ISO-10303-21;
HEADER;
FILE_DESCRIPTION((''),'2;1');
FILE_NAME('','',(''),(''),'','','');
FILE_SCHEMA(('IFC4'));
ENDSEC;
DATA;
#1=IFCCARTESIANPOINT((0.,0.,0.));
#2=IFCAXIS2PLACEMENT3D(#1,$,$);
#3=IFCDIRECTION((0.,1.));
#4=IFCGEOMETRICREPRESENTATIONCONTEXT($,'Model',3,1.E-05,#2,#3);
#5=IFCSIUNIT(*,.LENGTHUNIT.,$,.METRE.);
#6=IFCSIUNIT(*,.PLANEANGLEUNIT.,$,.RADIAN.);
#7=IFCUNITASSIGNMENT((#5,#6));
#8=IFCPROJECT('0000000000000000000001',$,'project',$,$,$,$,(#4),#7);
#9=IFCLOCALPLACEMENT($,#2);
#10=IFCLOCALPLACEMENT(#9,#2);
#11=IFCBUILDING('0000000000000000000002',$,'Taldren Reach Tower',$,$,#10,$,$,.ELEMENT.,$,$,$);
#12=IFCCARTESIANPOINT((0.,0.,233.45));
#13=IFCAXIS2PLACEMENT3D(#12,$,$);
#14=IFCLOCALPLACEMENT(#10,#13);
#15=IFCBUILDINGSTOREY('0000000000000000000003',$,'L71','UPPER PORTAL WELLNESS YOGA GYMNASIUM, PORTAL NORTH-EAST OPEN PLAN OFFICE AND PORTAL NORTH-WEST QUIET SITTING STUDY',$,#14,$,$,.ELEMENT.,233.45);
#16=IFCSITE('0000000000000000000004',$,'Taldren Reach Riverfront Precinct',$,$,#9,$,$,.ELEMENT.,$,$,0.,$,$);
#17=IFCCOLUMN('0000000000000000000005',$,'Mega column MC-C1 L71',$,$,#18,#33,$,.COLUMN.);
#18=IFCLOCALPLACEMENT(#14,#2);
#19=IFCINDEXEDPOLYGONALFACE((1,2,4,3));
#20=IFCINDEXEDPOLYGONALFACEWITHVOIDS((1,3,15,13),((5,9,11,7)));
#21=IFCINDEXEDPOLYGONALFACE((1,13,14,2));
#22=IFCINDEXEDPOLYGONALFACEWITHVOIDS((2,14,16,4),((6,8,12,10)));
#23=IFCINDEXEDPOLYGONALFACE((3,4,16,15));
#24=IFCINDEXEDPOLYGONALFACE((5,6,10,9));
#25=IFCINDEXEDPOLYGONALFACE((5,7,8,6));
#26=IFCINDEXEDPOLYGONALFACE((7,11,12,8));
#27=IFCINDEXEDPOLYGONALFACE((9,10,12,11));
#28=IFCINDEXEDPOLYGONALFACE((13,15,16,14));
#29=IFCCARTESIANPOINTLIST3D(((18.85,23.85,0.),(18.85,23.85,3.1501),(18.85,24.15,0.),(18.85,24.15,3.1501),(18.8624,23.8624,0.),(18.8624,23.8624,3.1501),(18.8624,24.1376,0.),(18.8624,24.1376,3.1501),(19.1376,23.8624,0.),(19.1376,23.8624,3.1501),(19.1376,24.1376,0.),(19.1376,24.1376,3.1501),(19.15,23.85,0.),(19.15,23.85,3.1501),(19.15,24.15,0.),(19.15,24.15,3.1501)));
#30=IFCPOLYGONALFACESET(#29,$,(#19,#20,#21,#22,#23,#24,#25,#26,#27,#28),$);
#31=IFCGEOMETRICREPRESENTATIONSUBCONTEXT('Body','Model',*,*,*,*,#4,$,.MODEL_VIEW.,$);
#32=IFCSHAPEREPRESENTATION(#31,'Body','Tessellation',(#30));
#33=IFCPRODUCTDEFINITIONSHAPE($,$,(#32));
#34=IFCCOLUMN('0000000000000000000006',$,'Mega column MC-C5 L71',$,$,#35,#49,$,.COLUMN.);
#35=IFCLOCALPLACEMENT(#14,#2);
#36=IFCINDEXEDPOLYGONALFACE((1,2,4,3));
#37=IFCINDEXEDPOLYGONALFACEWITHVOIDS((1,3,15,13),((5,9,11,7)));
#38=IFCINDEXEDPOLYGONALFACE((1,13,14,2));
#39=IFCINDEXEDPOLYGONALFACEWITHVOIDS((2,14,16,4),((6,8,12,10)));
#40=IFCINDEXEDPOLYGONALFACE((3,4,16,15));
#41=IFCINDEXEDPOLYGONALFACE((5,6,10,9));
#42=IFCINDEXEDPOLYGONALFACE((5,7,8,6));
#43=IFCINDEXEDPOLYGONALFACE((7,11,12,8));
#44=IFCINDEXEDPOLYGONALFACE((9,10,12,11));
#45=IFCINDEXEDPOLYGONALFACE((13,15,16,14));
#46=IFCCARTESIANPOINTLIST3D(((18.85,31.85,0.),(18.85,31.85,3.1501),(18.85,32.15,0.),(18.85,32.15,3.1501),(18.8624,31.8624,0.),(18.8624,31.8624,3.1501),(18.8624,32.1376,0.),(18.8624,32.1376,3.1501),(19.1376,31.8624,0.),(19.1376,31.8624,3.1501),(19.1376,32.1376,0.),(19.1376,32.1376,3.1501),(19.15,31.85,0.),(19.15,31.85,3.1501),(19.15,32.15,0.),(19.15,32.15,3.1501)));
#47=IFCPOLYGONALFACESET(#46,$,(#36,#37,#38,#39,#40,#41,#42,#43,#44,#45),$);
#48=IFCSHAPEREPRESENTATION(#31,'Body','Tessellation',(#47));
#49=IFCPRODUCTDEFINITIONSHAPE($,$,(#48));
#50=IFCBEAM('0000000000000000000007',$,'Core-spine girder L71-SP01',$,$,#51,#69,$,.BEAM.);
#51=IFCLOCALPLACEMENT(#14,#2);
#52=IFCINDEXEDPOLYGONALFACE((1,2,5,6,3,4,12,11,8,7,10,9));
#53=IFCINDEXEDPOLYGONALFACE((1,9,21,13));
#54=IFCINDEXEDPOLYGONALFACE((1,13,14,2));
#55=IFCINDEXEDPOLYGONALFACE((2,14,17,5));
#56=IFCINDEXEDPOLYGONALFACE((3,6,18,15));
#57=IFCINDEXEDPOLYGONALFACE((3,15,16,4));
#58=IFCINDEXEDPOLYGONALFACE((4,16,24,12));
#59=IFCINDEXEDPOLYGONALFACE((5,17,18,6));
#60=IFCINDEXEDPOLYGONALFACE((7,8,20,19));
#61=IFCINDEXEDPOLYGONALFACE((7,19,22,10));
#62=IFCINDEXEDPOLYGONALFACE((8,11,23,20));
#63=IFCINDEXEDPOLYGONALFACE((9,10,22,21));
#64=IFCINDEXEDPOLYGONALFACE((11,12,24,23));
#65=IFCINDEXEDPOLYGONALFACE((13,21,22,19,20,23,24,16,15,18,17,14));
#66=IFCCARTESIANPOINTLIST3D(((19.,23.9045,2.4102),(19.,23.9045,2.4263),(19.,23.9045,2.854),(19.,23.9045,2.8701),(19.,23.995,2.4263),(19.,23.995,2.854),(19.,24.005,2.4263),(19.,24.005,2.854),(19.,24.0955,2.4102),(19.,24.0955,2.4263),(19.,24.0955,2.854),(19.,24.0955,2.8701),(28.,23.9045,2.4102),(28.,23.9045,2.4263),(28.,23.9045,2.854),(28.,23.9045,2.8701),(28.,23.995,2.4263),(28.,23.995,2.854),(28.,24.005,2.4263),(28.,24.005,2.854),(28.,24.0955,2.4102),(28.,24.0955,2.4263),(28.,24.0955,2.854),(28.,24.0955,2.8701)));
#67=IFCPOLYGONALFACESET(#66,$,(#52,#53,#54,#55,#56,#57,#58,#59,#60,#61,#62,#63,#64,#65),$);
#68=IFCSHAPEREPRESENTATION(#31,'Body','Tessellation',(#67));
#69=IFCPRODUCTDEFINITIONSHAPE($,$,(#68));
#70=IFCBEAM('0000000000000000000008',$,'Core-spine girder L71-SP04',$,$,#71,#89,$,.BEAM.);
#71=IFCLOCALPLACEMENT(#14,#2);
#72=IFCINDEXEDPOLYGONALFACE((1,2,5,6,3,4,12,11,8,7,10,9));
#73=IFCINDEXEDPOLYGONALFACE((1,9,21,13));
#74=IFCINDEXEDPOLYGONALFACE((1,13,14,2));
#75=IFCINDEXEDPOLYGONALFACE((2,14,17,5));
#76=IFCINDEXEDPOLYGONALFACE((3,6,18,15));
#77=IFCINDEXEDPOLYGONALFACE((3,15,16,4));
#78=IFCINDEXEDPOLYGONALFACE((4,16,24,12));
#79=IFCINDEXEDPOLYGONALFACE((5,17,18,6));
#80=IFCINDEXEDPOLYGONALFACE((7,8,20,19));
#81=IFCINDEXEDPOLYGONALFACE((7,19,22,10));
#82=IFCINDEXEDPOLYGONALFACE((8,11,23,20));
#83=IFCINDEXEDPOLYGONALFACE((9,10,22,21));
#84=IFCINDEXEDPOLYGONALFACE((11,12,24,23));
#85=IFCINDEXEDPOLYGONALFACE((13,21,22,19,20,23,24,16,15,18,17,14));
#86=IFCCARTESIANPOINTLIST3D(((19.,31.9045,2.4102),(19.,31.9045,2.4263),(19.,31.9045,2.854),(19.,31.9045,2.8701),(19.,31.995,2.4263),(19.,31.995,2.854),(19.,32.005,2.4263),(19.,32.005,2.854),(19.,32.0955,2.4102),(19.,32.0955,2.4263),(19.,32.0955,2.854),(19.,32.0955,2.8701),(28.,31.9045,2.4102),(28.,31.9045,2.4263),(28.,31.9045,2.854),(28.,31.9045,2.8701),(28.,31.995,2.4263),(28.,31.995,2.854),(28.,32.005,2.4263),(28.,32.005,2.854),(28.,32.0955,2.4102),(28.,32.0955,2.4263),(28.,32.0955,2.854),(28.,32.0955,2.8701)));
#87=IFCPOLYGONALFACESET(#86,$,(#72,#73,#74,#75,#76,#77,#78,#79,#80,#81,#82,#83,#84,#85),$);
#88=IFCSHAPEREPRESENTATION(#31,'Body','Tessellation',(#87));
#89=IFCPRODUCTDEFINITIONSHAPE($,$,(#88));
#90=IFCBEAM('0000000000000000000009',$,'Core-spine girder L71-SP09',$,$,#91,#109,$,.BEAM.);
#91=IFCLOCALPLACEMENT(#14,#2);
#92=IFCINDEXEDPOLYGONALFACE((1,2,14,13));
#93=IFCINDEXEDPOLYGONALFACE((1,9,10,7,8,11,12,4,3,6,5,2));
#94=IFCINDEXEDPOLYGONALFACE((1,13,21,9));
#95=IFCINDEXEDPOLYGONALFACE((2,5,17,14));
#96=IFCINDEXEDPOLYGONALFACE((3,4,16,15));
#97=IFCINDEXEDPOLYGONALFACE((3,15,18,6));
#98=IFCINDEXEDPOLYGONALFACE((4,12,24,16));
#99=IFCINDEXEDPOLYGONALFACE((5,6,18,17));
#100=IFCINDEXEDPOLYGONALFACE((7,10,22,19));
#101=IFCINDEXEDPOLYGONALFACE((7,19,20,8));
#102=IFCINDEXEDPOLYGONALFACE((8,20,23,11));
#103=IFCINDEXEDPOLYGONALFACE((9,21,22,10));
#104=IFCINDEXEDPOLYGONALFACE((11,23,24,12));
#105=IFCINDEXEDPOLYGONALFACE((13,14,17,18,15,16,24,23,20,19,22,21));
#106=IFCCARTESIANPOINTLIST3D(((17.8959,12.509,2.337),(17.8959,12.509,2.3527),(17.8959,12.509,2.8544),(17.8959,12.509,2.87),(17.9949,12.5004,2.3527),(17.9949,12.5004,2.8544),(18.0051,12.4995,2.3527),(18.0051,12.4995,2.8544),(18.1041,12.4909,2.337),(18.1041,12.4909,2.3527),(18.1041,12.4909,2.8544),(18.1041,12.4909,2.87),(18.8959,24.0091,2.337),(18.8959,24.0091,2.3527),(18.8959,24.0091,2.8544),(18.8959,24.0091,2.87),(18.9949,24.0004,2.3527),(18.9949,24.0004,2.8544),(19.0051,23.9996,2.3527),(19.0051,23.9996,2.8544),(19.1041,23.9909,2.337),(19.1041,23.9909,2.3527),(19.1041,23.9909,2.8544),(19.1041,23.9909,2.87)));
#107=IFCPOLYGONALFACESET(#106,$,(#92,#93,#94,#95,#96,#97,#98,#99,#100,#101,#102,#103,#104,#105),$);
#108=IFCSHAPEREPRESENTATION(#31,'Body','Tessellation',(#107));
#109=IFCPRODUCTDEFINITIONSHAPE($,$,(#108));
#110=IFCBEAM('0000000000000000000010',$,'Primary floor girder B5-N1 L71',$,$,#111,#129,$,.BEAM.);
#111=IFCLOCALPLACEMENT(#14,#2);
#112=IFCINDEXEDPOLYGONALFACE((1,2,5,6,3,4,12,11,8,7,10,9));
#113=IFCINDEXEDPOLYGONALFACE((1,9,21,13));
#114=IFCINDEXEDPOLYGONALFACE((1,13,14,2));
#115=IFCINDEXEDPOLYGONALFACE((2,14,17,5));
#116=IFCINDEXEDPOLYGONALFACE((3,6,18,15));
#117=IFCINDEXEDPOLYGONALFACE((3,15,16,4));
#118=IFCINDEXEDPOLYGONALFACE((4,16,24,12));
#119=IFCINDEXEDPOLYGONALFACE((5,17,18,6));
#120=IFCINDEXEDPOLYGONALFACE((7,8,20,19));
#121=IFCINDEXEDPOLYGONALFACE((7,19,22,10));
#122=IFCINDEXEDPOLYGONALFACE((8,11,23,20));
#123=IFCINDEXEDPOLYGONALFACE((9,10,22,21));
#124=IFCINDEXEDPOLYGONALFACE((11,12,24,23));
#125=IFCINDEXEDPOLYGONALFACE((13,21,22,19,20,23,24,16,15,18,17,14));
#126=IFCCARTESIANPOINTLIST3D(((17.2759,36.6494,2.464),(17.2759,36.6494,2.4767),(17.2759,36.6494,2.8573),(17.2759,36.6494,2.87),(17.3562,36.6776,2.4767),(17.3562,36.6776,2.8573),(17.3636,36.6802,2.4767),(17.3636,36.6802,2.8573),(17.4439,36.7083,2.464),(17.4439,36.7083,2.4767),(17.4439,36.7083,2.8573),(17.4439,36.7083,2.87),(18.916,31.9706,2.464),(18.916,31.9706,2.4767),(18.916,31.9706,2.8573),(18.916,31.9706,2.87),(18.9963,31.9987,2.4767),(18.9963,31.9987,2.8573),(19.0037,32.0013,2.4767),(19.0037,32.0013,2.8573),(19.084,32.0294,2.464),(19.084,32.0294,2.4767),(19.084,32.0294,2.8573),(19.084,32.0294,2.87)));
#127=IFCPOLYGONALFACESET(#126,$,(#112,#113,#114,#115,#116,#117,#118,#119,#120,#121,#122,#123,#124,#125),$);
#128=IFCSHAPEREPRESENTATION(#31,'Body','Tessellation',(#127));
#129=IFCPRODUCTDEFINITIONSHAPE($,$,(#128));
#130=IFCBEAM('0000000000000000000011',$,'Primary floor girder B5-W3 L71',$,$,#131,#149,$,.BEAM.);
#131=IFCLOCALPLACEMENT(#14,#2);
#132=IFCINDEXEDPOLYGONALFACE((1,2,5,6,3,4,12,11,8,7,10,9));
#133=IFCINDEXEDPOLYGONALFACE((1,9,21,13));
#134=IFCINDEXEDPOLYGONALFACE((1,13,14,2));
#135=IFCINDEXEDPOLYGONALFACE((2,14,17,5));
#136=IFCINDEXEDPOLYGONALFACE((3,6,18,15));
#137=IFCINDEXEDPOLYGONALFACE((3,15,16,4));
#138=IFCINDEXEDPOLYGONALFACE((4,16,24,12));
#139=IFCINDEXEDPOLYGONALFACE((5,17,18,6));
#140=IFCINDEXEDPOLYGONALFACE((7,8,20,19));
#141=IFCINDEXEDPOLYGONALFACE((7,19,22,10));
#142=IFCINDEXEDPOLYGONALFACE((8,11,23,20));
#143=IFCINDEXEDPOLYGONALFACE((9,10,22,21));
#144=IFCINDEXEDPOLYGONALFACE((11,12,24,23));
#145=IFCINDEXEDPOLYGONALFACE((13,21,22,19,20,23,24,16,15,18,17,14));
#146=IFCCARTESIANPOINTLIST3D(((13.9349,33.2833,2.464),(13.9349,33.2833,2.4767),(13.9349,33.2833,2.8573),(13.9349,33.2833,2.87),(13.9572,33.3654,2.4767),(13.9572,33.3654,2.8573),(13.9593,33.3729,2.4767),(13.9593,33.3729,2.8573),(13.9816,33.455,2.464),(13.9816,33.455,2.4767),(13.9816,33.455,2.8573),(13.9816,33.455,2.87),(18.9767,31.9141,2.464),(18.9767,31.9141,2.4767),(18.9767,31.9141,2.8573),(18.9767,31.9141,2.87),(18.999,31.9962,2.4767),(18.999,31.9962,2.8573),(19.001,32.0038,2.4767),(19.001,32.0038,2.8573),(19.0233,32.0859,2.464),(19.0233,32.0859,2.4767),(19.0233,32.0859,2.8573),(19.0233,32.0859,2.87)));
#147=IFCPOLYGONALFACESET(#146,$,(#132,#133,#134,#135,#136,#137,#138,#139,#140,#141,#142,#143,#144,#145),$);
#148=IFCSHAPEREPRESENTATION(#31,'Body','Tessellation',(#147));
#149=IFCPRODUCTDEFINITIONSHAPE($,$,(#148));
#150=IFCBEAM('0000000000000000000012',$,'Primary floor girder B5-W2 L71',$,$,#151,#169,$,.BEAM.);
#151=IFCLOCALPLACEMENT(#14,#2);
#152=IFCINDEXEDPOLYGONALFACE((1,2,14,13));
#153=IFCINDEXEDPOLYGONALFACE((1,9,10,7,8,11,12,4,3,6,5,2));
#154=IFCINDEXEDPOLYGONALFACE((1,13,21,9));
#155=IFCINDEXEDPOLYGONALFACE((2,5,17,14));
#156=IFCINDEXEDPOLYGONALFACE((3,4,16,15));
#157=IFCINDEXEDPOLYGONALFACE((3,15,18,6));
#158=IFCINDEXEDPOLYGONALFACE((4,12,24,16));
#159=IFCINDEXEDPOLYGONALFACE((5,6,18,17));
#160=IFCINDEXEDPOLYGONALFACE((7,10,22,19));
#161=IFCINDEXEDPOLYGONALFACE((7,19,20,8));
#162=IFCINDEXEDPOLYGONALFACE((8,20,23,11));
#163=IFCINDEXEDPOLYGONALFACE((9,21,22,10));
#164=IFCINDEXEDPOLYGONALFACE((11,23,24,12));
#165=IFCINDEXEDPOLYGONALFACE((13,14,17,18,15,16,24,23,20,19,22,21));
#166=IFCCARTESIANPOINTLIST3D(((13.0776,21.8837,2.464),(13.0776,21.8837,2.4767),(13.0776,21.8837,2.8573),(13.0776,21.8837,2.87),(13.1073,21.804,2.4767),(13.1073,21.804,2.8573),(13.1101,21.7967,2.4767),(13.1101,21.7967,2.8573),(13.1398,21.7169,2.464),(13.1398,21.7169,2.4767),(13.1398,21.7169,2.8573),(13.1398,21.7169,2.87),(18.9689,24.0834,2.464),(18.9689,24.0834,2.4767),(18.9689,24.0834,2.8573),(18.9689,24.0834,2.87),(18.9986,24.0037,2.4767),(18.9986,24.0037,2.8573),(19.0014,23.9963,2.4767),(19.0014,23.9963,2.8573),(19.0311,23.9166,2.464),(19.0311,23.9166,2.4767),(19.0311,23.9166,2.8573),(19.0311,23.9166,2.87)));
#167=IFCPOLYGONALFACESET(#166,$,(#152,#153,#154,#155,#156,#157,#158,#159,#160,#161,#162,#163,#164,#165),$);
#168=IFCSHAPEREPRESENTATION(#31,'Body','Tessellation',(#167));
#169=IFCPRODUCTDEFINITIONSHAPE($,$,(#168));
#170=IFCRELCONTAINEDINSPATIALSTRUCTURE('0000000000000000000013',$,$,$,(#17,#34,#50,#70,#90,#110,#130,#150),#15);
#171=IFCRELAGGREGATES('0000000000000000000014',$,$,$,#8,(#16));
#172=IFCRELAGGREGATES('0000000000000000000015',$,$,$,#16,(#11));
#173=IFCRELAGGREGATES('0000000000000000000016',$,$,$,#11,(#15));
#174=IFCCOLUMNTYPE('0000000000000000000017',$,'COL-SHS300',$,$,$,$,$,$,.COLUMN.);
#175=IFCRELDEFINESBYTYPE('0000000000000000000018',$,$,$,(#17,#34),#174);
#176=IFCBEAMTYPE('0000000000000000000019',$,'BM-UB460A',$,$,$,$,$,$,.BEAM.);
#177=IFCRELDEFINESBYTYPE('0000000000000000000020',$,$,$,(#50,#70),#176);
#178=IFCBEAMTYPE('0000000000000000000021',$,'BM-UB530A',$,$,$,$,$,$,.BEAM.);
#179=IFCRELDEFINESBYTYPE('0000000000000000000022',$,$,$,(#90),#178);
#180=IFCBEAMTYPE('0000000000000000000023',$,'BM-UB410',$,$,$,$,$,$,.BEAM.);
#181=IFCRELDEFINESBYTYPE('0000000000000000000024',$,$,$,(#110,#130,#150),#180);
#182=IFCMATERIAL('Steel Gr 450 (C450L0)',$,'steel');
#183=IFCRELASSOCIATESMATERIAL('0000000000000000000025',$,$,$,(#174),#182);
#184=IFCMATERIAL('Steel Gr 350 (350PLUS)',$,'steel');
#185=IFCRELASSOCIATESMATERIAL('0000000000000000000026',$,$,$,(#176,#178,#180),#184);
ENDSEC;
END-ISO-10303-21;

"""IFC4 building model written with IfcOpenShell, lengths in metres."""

from ifc_helpers import new_model, si_unit, direction, frame, origin, origin_2d, place, context, subcontext, project, spatial, hollow_rectangle, i_section, extrude, source, transform, mapped, material, material_profile, profile_set, type_object, element, save


model = new_model("IFC4")

# Units and contexts
model_context = context("Model", 3, precision=1e-05, world=origin(), true_north=direction((0.0, 1.0)))
body_context = subcontext(model_context, "Body", "Model", "MODEL_VIEW")
ifc_project = project(units=[si_unit("LENGTHUNIT", "METRE"), si_unit("PLANEANGLEUNIT", "RADIAN")], contexts=[model_context])

# Site, building, storey
site_placement = place(None, origin())
site = spatial("IfcSite", under=ifc_project, at=site_placement, Name="Taldren Reach Riverfront Precinct", CompositionType="ELEMENT", RefElevation=0.0)
building_placement = place(site_placement, origin())
building = spatial("IfcBuilding", under=site, at=building_placement, Name="Taldren Reach Tower", CompositionType="ELEMENT")
storey_placement = place(building_placement, frame((0.0, 0.0, 233.45)))
storey = spatial("IfcBuildingStorey", under=building, at=storey_placement, Name="L71", Description="UPPER PORTAL WELLNESS YOGA GYMNASIUM, PORTAL NORTH-EAST OPEN PLAN OFFICE AND PORTAL NORTH-WEST QUIET SITTING STUDY", CompositionType="ELEMENT", Elevation=233.45)

# Columns
ifc_material_1 = material(Name="Steel Gr 450 (C450L0)", Category="steel")
ifc_material_profile_1 = material_profile(ifc_material_1, hollow_rectangle(XDim=0.3, YDim=0.3, WallThickness=0.0125, at=origin_2d()), Name="300x300x12.5SHS")
ifc_profile_set_1 = profile_set([ifc_material_profile_1], Name="Steel Gr 450 (C450L0)")
column_type = type_object("IfcColumnType", Name="COL-SHS300", PredefinedType="COLUMN", material=ifc_profile_set_1)
shared_shape_1 = source(origin(), body_context, "Body", "SweptSolid", [
    extrude(hollow_rectangle(XDim=0.3, YDim=0.3, WallThickness=0.0125, at=origin_2d()), origin(), (0.0, 0.0, 1.0), 3.1501),
])
for number, where, z_axis, x_axis, name in (
    (1, (19.0, 24.0, 0.0), (0.0, 0.0, 1.0), (1.0, 0.0, 0.0), "Mega column MC-C1 L71"),
    (2, (19.0, 32.0, 0.0), (0.0, 0.0, 1.0), (1.0, 0.0, 0.0), "Mega column MC-C5 L71"),
):
    element("IfcColumn", number, at=place(storey_placement, frame(where, z_axis=z_axis, x_axis=x_axis)), inside=storey, type_object=column_type, Name=name, PredefinedType="COLUMN", context=body_context, shape_type="MappedRepresentation", body=[
        mapped(shared_shape_1, transform((0.0, 0.0, 0.0), scale=1.0)),
    ])

# Beams
ifc_material_2 = material(Name="Steel Gr 350 (350PLUS)", Category="steel")
ifc_material_profile_2 = material_profile(ifc_material_2, i_section(OverallWidth=0.1909, OverallDepth=0.46, WebThickness=0.01, FlangeThickness=0.0161, at=origin_2d()), Name="460UB82.1")
ifc_profile_set_2 = profile_set([ifc_material_profile_2], Name="Steel Gr 350 (350PLUS)")
beam_type_1 = type_object("IfcBeamType", Name="BM-UB460A", PredefinedType="BEAM", material=ifc_profile_set_2)
shared_shape_2 = source(origin(), body_context, "Body", "SweptSolid", [
    extrude(i_section(OverallWidth=0.1909, OverallDepth=0.46, WebThickness=0.01, FlangeThickness=0.0161, at=origin_2d()), origin(), (0.0, 0.0, 1.0), 9.0),
])
for number, where, z_axis, x_axis, name in (
    (3, (19.0, 24.0, 2.6401), (1.0, 0.0, 0.0), (0.0, 1.0, 0.0), "Core-spine girder L71-SP01"),
    (4, (19.0, 32.0, 2.6401), (1.0, 0.0, 0.0), (0.0, 1.0, 0.0), "Core-spine girder L71-SP04"),
):
    element("IfcBeam", number, at=place(storey_placement, frame(where, z_axis=z_axis, x_axis=x_axis)), inside=storey, type_object=beam_type_1, Name=name, PredefinedType="BEAM", context=body_context, shape_type="MappedRepresentation", body=[
        mapped(shared_shape_2, transform((0.0, 0.0, 0.0), scale=1.0)),
    ])
ifc_material_profile_3 = material_profile(ifc_material_2, i_section(OverallWidth=0.209, OverallDepth=0.533, WebThickness=0.0103, FlangeThickness=0.0156, at=origin_2d()), Name="530UB92.4")
ifc_profile_set_3 = profile_set([ifc_material_profile_3], Name="Steel Gr 350 (350PLUS)")
beam_type_2 = type_object("IfcBeamType", Name="BM-UB530A", PredefinedType="BEAM", material=ifc_profile_set_3)
shared_shape_3 = source(origin(), body_context, "Body", "SweptSolid", [
    extrude(i_section(OverallWidth=0.209, OverallDepth=0.533, WebThickness=0.0103, FlangeThickness=0.0156, at=origin_2d()), origin(), (0.0, 0.0, 1.0), 11.5435),
])
beam_1_placement = place(storey_placement, frame((19.0, 24.0, 2.6035), z_axis=(-0.08663, -0.996241, 0.0), x_axis=(0.996241, -0.08663, 0.0)))
element("IfcBeam", 5, at=beam_1_placement, inside=storey, type_object=beam_type_2, Name="Core-spine girder L71-SP09", PredefinedType="BEAM", context=body_context, shape_type="MappedRepresentation", body=[
    mapped(shared_shape_3, transform((0.0, 0.0, 0.0), scale=1.0)),
])
ifc_material_profile_4 = material_profile(ifc_material_2, i_section(OverallWidth=0.178, OverallDepth=0.406, WebThickness=0.0078, FlangeThickness=0.0127, at=origin_2d()), Name="410UB59.7")
ifc_profile_set_4 = profile_set([ifc_material_profile_4], Name="Steel Gr 350 (350PLUS)")
beam_type_3 = type_object("IfcBeamType", Name="BM-UB410", PredefinedType="BEAM", material=ifc_profile_set_4)
shared_shape_4 = source(origin(), body_context, "Body", "SweptSolid", [
    extrude(i_section(OverallWidth=0.178, OverallDepth=0.406, WebThickness=0.0078, FlangeThickness=0.0127, at=origin_2d()), origin(), (0.0, 0.0, 1.0), 4.958),
])
beam_2_placement = place(storey_placement, frame((19.0, 32.0, 2.667), z_axis=(-0.3308, 0.943701, 0.0), x_axis=(-0.943701, -0.3308, 0.0)))
element("IfcBeam", 6, at=beam_2_placement, inside=storey, type_object=beam_type_3, Name="Primary floor girder B5-N1 L71", PredefinedType="BEAM", context=body_context, shape_type="MappedRepresentation", body=[
    mapped(shared_shape_4, transform((0.0, 0.0, 0.0), scale=1.0)),
])
shared_shape_5 = source(origin(), body_context, "Body", "SweptSolid", [
    extrude(i_section(OverallWidth=0.178, OverallDepth=0.406, WebThickness=0.0078, FlangeThickness=0.0127, at=origin_2d()), origin(), (0.0, 0.0, 1.0), 5.2244),
])
beam_3_placement = place(storey_placement, frame((19.0, 32.0, 2.667), z_axis=(-0.965049, 0.262069, 0.0), x_axis=(-0.262069, -0.965049, 0.0)))
element("IfcBeam", 7, at=beam_3_placement, inside=storey, type_object=beam_type_3, Name="Primary floor girder B5-W3 L71", PredefinedType="BEAM", context=body_context, shape_type="MappedRepresentation", body=[
    mapped(shared_shape_5, transform((0.0, 0.0, 0.0), scale=1.0)),
])
shared_shape_6 = source(origin(), body_context, "Body", "SweptSolid", [
    extrude(i_section(OverallWidth=0.178, OverallDepth=0.406, WebThickness=0.0078, FlangeThickness=0.0127, at=origin_2d()), origin(), (0.0, 0.0, 1.0), 6.2886),
])
beam_4_placement = place(storey_placement, frame((19.0, 24.0, 2.667), z_axis=(-0.936828, -0.349791, 0.0), x_axis=(0.349791, -0.936828, 0.0)))
element("IfcBeam", 8, at=beam_4_placement, inside=storey, type_object=beam_type_3, Name="Primary floor girder B5-W2 L71", PredefinedType="BEAM", context=body_context, shape_type="MappedRepresentation", body=[
    mapped(shared_shape_6, transform((0.0, 0.0, 0.0), scale=1.0)),
])

save(model, "model.ifc")
